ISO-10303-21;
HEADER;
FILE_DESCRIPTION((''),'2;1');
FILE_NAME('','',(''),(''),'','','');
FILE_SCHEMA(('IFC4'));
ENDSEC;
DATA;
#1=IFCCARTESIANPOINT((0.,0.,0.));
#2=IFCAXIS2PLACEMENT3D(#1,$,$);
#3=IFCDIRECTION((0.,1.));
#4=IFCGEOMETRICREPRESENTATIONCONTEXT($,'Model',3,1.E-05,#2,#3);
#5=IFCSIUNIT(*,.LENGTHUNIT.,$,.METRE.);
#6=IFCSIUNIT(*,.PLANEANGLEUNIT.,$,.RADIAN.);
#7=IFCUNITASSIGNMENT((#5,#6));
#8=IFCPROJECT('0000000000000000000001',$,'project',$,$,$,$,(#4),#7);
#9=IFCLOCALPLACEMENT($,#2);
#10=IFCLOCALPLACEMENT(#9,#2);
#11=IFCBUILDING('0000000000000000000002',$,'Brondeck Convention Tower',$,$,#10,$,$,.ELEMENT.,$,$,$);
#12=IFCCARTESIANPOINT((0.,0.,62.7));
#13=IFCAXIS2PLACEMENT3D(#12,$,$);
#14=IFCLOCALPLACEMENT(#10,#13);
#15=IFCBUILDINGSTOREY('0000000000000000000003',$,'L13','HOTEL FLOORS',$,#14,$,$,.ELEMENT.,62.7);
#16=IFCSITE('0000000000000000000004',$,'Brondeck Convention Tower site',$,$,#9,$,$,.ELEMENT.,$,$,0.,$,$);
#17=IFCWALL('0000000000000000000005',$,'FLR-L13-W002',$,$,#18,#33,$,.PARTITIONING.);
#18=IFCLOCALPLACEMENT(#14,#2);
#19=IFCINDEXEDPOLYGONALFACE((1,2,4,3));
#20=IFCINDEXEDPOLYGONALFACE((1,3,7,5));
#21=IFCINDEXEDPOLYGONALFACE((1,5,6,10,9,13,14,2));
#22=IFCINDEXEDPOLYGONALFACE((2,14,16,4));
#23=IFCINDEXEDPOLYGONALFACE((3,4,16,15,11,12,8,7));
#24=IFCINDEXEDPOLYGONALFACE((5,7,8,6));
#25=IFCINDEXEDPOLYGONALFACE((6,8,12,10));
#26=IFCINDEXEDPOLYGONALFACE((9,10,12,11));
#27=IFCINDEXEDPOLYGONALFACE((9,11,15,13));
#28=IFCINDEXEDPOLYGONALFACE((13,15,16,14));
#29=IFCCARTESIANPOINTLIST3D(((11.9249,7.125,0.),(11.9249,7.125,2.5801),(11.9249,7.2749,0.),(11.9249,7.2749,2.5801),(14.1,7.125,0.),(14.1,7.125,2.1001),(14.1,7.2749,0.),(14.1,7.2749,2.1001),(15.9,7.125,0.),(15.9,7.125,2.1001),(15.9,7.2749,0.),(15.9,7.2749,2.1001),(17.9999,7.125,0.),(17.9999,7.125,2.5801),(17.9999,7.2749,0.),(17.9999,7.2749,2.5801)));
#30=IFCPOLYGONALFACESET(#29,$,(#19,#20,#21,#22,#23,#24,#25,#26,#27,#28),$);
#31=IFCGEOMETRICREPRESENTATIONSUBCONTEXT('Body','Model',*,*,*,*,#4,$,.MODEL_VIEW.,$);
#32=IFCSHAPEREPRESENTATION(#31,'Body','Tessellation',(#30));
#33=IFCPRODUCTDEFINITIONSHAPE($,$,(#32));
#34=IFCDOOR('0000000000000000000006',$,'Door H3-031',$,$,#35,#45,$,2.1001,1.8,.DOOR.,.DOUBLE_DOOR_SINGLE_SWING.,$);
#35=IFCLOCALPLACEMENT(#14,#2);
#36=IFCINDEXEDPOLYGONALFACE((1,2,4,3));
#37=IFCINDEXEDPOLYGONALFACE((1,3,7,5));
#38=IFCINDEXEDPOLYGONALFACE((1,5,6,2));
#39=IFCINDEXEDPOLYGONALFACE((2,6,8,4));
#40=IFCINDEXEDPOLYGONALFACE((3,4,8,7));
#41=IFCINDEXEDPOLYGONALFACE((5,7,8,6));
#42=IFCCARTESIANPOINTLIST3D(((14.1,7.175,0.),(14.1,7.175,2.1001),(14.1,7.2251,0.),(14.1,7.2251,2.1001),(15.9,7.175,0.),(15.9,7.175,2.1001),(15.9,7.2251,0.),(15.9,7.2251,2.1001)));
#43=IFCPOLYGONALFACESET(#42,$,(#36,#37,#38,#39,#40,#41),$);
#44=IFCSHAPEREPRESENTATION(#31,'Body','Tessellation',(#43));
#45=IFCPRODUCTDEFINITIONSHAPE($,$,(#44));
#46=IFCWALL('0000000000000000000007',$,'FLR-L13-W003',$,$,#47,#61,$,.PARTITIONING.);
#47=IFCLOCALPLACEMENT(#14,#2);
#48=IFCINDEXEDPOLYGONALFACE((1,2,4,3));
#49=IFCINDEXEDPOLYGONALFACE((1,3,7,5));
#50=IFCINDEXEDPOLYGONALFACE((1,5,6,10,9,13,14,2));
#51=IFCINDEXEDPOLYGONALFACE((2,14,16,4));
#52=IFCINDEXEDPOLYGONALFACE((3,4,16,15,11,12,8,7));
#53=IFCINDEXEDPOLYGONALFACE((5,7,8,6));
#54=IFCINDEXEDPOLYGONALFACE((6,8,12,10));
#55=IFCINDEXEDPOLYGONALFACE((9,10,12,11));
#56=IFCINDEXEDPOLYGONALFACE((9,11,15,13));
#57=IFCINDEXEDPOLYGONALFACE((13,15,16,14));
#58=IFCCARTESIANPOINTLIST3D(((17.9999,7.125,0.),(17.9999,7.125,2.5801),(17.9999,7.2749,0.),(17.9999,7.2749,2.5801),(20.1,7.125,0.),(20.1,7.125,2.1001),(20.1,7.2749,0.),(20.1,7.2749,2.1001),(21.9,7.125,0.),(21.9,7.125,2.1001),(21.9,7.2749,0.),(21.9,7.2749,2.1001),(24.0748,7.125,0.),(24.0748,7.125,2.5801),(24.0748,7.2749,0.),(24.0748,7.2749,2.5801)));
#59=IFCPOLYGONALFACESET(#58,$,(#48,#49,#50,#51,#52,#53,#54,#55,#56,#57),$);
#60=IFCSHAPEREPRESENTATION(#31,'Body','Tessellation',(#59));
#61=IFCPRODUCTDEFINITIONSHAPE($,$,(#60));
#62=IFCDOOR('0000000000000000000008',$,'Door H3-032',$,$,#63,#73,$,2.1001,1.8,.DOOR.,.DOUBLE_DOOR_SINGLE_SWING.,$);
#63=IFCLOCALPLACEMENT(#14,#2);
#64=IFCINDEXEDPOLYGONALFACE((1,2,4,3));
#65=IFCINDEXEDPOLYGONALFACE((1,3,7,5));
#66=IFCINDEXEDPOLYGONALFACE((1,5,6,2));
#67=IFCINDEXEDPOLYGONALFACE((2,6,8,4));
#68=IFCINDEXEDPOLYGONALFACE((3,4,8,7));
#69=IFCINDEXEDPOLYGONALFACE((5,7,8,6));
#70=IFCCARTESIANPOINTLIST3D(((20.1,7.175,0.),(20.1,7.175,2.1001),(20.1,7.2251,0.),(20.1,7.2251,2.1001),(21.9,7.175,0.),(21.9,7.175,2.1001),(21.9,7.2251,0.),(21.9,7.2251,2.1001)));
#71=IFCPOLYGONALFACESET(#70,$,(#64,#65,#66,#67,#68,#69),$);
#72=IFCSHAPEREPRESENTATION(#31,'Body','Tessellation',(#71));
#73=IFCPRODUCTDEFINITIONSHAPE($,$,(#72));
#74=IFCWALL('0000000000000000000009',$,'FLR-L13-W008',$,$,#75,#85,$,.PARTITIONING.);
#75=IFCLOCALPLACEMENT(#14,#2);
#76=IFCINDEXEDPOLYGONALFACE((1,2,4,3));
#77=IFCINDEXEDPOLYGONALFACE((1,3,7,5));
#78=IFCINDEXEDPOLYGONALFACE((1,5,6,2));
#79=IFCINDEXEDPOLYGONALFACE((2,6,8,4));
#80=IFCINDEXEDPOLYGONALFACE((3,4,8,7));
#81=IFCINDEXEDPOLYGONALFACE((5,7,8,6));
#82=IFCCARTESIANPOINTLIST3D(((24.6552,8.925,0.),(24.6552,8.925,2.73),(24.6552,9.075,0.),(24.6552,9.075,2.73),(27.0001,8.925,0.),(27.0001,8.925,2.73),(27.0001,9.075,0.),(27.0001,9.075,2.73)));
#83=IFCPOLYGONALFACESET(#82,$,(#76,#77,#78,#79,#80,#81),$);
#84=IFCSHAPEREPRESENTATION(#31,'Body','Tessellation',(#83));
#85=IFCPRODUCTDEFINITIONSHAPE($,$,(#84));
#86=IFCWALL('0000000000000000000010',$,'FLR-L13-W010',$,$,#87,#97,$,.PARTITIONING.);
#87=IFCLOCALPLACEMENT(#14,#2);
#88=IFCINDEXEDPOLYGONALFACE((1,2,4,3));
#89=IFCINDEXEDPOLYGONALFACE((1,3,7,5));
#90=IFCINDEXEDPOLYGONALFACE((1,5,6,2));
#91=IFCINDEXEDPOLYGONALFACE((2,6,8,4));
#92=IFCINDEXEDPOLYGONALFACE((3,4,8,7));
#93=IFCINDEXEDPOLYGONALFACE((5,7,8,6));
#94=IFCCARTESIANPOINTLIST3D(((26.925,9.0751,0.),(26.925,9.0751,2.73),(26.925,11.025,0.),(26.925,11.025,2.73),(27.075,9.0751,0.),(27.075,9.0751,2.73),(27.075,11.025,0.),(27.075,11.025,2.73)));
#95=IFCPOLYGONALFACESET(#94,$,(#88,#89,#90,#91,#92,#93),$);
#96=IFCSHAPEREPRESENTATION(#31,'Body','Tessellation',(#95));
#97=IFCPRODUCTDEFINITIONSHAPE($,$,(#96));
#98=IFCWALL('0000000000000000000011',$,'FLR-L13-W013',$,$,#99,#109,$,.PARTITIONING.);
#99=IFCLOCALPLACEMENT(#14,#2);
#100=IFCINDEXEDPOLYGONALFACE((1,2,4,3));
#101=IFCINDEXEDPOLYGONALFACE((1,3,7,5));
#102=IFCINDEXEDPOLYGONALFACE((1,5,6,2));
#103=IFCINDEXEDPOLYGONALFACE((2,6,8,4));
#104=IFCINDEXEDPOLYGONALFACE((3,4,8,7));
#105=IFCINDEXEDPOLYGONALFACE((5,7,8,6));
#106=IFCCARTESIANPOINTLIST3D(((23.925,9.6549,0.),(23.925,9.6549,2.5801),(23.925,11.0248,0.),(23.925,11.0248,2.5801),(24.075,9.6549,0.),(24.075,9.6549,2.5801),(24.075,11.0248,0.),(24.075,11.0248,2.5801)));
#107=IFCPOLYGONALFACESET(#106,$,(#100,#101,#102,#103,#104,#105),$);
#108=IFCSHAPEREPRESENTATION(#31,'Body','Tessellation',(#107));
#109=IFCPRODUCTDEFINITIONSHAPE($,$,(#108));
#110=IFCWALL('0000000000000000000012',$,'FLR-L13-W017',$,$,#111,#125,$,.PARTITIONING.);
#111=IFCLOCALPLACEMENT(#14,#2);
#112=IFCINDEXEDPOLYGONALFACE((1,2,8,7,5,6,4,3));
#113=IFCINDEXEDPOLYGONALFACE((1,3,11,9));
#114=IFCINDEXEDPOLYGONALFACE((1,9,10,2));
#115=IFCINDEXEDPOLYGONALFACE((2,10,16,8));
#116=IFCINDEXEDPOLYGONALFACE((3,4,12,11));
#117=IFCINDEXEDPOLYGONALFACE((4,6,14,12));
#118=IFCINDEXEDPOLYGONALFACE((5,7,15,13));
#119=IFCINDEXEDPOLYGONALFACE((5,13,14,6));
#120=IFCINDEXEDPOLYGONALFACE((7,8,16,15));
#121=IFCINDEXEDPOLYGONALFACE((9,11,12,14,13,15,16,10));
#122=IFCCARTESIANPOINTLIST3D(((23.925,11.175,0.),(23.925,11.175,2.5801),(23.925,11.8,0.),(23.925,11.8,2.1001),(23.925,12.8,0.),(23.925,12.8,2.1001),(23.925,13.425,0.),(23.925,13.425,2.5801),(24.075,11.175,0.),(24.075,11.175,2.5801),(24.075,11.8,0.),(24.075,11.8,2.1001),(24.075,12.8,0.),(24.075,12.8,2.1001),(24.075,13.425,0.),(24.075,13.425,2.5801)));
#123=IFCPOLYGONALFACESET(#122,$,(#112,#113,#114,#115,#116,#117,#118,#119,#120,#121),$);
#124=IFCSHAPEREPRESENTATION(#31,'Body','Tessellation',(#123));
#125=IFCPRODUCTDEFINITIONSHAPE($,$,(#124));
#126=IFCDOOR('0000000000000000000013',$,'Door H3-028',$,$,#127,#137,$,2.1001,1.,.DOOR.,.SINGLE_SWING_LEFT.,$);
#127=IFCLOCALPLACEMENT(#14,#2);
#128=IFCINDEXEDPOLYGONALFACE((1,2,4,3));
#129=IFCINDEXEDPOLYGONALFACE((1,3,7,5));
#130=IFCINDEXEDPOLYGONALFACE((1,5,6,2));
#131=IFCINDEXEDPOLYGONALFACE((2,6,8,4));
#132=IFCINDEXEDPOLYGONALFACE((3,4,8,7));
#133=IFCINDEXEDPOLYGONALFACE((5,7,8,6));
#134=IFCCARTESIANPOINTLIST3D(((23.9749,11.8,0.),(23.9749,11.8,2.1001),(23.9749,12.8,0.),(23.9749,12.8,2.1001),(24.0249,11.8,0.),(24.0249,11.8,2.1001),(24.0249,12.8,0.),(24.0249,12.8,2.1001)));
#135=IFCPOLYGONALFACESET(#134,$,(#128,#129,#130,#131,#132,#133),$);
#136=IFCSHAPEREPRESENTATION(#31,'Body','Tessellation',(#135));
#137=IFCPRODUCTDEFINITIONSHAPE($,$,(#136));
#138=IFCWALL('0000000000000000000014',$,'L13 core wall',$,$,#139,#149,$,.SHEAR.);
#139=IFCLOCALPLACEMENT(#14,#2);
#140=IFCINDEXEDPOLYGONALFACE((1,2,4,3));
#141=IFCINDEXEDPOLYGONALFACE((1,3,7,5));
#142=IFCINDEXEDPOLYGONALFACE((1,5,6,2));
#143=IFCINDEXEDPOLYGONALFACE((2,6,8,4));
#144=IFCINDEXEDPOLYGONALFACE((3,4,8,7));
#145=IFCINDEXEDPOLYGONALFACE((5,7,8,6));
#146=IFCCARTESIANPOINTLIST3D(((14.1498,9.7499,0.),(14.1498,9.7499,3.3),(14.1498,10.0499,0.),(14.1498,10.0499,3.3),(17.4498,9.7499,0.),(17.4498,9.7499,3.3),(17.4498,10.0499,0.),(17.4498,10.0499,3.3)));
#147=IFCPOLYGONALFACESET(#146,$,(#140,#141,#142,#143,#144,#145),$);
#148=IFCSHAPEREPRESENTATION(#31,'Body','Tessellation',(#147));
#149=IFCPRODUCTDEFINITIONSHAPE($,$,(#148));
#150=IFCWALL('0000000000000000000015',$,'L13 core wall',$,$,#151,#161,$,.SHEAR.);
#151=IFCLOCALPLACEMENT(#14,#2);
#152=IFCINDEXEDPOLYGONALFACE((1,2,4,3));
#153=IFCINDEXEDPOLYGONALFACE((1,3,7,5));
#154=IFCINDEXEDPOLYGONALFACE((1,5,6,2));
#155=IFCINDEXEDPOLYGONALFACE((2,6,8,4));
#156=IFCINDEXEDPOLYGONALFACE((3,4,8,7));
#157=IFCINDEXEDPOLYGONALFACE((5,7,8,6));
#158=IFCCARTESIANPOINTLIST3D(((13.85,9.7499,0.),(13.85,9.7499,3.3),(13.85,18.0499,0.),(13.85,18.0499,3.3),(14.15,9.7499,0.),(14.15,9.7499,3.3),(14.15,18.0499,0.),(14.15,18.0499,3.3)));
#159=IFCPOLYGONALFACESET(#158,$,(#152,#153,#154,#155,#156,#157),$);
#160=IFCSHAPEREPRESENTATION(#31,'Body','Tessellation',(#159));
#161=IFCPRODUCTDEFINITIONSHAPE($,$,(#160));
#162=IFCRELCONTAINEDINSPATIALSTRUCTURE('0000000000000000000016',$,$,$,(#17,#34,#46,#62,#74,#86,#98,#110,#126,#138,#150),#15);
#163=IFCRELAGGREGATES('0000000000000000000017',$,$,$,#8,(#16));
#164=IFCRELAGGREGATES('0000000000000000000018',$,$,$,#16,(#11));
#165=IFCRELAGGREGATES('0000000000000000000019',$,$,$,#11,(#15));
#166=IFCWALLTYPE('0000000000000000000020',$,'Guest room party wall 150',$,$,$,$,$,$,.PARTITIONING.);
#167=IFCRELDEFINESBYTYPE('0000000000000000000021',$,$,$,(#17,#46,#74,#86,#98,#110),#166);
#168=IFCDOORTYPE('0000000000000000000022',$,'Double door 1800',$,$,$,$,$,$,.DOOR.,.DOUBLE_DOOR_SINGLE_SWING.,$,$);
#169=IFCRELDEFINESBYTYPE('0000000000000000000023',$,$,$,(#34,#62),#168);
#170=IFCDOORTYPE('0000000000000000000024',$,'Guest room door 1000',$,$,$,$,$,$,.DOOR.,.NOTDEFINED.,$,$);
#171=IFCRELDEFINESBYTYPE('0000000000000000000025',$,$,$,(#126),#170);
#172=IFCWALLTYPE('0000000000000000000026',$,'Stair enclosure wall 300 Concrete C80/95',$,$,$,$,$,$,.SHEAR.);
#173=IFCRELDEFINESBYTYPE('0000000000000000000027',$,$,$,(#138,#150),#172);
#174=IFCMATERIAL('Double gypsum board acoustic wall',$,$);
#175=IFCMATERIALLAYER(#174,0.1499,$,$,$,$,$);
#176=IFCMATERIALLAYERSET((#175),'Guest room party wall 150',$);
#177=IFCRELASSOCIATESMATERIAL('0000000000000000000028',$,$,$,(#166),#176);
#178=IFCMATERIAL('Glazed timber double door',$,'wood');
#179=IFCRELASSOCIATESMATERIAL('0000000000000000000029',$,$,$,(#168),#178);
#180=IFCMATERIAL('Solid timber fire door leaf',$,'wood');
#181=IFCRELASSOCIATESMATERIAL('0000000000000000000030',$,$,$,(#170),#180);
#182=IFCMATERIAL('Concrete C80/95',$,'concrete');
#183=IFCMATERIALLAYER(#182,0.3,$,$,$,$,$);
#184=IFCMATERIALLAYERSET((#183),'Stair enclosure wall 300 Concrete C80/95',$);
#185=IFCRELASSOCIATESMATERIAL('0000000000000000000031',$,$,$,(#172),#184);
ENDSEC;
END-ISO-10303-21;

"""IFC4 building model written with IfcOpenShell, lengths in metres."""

from ifc_helpers import new_model, si_unit, direction, frame, frame_2d, origin, place, context, subcontext, project, spatial, rectangle, extrude, material, layer, layer_set, type_object, element, fill, save


model = new_model("IFC4")

# Units and contexts
model_context = context("Model", 3, precision=1e-05, world=origin(), true_north=direction((0.0, 1.0)))
body_context = subcontext(model_context, "Body", "Model", "MODEL_VIEW")
ifc_project = project(units=[si_unit("LENGTHUNIT", "METRE"), si_unit("PLANEANGLEUNIT", "RADIAN")], contexts=[model_context])

# Site, building, storey
site_placement = place(None, origin())
site = spatial("IfcSite", under=ifc_project, at=site_placement, Name="Brondeck Convention Tower site", CompositionType="ELEMENT", RefElevation=0.0)
building_placement = place(site_placement, origin())
building = spatial("IfcBuilding", under=site, at=building_placement, Name="Brondeck Convention Tower", CompositionType="ELEMENT")
storey_placement = place(building_placement, frame((0.0, 0.0, 62.7)))
storey = spatial("IfcBuildingStorey", under=building, at=storey_placement, Name="L13", Description="HOTEL FLOORS", CompositionType="ELEMENT", Elevation=62.7)

# Shared definitions
ifc_material_1 = material(Name="Concrete C80/95", Category="concrete")

# Shared definitions
ifc_material_2 = material(Name="Double gypsum board acoustic wall")
ifc_layer_1 = layer(ifc_material_2, 0.1499)
ifc_layer_set_1 = layer_set([ifc_layer_1], Name="Guest room party wall 150")
wall_type_1 = type_object("IfcWallType", Name="Guest room party wall 150", PredefinedType="PARTITIONING", material=ifc_layer_set_1)

# Walls, openings, doors
wall_1_placement = place(storey_placement, frame((18.0, 7.2, 0.0), z_axis=(0.0, 0.0, 1.0), x_axis=(-1.0, 0.0, 0.0)))
wall_1 = element("IfcWall", 1, at=wall_1_placement, inside=storey, type_object=wall_type_1, Name="FLR-L13-W002", PredefinedType="PARTITIONING", context=body_context, shape_type="SweptSolid", body=[
    extrude(rectangle(XDim=6.075, YDim=0.1499, at=frame_2d((3.0376, 0.0))), origin(), (0.0, 0.0, 1.0), 2.5801),
])
opening_1_placement = place(wall_1_placement, frame((2.1001, 0.0, 0.0)))
opening_1 = element("IfcOpeningElement", 2, at=opening_1_placement, cuts=wall_1, PredefinedType="OPENING", context=body_context, shape_type="SweptSolid", body=[
    extrude(rectangle(XDim=1.8, YDim=2.1001, at=frame_2d((0.8999, 1.05))), frame((0.0, 0.085, 0.0), z_axis=(0.0, -1.0, 0.0), x_axis=(1.0, 0.0, 0.0)), (0.0, 0.0, 1.0), 0.1699),
])
ifc_material_3 = material(Name="Glazed timber double door", Category="wood")
door_type_1 = type_object("IfcDoorType", Name="Double door 1800", OperationType="DOUBLE_DOOR_SINGLE_SWING", PredefinedType="DOOR", material=ifc_material_3)
door_1_placement = place(opening_1_placement, origin())
door_1 = element("IfcDoor", 3, at=door_1_placement, inside=storey, type_object=door_type_1, Name="Door H3-031", OperationType="DOUBLE_DOOR_SINGLE_SWING", OverallHeight=2.1001, OverallWidth=1.8, PredefinedType="DOOR", context=body_context, shape_type="SweptSolid", body=[
    extrude(rectangle(XDim=1.8, YDim=2.1001, at=frame_2d((0.8999, 1.05))), frame((0.0, 0.0249, 0.0), z_axis=(0.0, -1.0, 0.0), x_axis=(1.0, 0.0, 0.0)), (0.0, 0.0, 1.0), 0.05),
])
fill(opening_1, door_1)
wall_2_placement = place(storey_placement, frame((24.075, 7.2, 0.0), z_axis=(0.0, 0.0, 1.0), x_axis=(-1.0, 0.0, 0.0)))
wall_2 = element("IfcWall", 4, at=wall_2_placement, inside=storey, type_object=wall_type_1, Name="FLR-L13-W003", PredefinedType="PARTITIONING", context=body_context, shape_type="SweptSolid", body=[
    extrude(rectangle(XDim=6.075, YDim=0.1499, at=frame_2d((3.0376, 0.0))), origin(), (0.0, 0.0, 1.0), 2.5801),
])
opening_2_placement = place(wall_2_placement, frame((2.175, 0.0, 0.0)))
opening_2 = element("IfcOpeningElement", 5, at=opening_2_placement, cuts=wall_2, PredefinedType="OPENING", context=body_context, shape_type="SweptSolid", body=[
    extrude(rectangle(XDim=1.8, YDim=2.1001, at=frame_2d((0.8999, 1.05))), frame((0.0, 0.085, 0.0), z_axis=(0.0, -1.0, 0.0), x_axis=(1.0, 0.0, 0.0)), (0.0, 0.0, 1.0), 0.1699),
])
door_2_placement = place(opening_2_placement, origin())
door_2 = element("IfcDoor", 6, at=door_2_placement, inside=storey, type_object=door_type_1, Name="Door H3-032", OperationType="DOUBLE_DOOR_SINGLE_SWING", OverallHeight=2.1001, OverallWidth=1.8, PredefinedType="DOOR", context=body_context, shape_type="SweptSolid", body=[
    extrude(rectangle(XDim=1.8, YDim=2.1001, at=frame_2d((0.8999, 1.05))), frame((0.0, 0.0249, 0.0), z_axis=(0.0, -1.0, 0.0), x_axis=(1.0, 0.0, 0.0)), (0.0, 0.0, 1.0), 0.05),
])
fill(opening_2, door_2)

# Walls
wall_3_placement = place(storey_placement, frame((27.0, 9.0, 0.0), z_axis=(0.0, 0.0, 1.0), x_axis=(-1.0, 0.0, 0.0)))
element("IfcWall", 7, at=wall_3_placement, inside=storey, type_object=wall_type_1, Name="FLR-L13-W008", PredefinedType="PARTITIONING", context=body_context, shape_type="SweptSolid", body=[
    extrude(rectangle(XDim=2.345, YDim=0.1499, at=frame_2d((1.1724, 0.0))), origin(), (0.0, 0.0, 1.0), 2.73),
])
wall_4_placement = place(storey_placement, frame((27.0, 9.075, 0.0), z_axis=(0.0, 0.0, 1.0), x_axis=(0.0, 1.0, 0.0)))
element("IfcWall", 8, at=wall_4_placement, inside=storey, type_object=wall_type_1, Name="FLR-L13-W010", PredefinedType="PARTITIONING", context=body_context, shape_type="SweptSolid", body=[
    extrude(rectangle(XDim=1.95, YDim=0.1499, at=frame_2d((0.9751, 0.0))), origin(), (0.0, 0.0, 1.0), 2.73),
])
wall_5_placement = place(storey_placement, frame((24.0, 11.0249, 0.0), z_axis=(0.0, 0.0, 1.0), x_axis=(0.0, -1.0, 0.0)))
element("IfcWall", 9, at=wall_5_placement, inside=storey, type_object=wall_type_1, Name="FLR-L13-W013", PredefinedType="PARTITIONING", context=body_context, shape_type="SweptSolid", body=[
    extrude(rectangle(XDim=1.3699, YDim=0.1499, at=frame_2d((0.6851, 0.0))), origin(), (0.0, 0.0, 1.0), 2.5801),
])

# Wall, opening, door
wall_6_placement = place(storey_placement, frame((24.0, 13.425, 0.0), z_axis=(0.0, 0.0, 1.0), x_axis=(0.0, -1.0, 0.0)))
wall_6 = element("IfcWall", 10, at=wall_6_placement, inside=storey, type_object=wall_type_1, Name="FLR-L13-W017", PredefinedType="PARTITIONING", context=body_context, shape_type="SweptSolid", body=[
    extrude(rectangle(XDim=2.25, YDim=0.1499, at=frame_2d((1.125, 0.0))), origin(), (0.0, 0.0, 1.0), 2.5801),
])
opening_3_placement = place(wall_6_placement, frame((0.625, 0.0, 0.0)))
opening_3 = element("IfcOpeningElement", 11, at=opening_3_placement, cuts=wall_6, PredefinedType="OPENING", context=body_context, shape_type="SweptSolid", body=[
    extrude(rectangle(XDim=1.0, YDim=2.1001, at=frame_2d((0.5, 1.05))), frame((0.0, 0.085, 0.0), z_axis=(0.0, -1.0, 0.0), x_axis=(1.0, 0.0, 0.0)), (0.0, 0.0, 1.0), 0.1699),
])
ifc_material_4 = material(Name="Solid timber fire door leaf", Category="wood")
door_type_2 = type_object("IfcDoorType", Name="Guest room door 1000", OperationType="NOTDEFINED", PredefinedType="DOOR", material=ifc_material_4)
door_3_placement = place(opening_3_placement, origin())
door_3 = element("IfcDoor", 12, at=door_3_placement, inside=storey, type_object=door_type_2, Name="Door H3-028", OperationType="SINGLE_SWING_LEFT", OverallHeight=2.1001, OverallWidth=1.0, PredefinedType="DOOR", context=body_context, shape_type="SweptSolid", body=[
    extrude(rectangle(XDim=1.0, YDim=2.1001, at=frame_2d((0.5, 1.05))), frame((0.0, 0.0249, 0.0), z_axis=(0.0, -1.0, 0.0), x_axis=(1.0, 0.0, 0.0)), (0.0, 0.0, 1.0), 0.05),
])
fill(opening_3, door_3)

# Walls
ifc_layer_2 = layer(ifc_material_1, 0.3)
ifc_layer_set_2 = layer_set([ifc_layer_2], Name="Stair enclosure wall 300 Concrete C80/95")
wall_type_2 = type_object("IfcWallType", Name="Stair enclosure wall 300 Concrete C80/95", PredefinedType="SHEAR", material=ifc_layer_set_2)
wall_7_placement = place(storey_placement, frame((14.1499, 9.8999, 0.0), z_axis=(0.0, 0.0, 1.0), x_axis=(1.0, 0.0, 0.0)))
element("IfcWall", 13, at=wall_7_placement, inside=storey, type_object=wall_type_2, Name="L13 core wall", PredefinedType="SHEAR", context=body_context, shape_type="SweptSolid", body=[
    extrude(rectangle(XDim=3.3, YDim=0.3, at=frame_2d((1.6499, 0.0))), origin(), (0.0, 0.0, 1.0), 3.3),
])
wall_8_placement = place(storey_placement, frame((14.0, 9.75, 0.0), z_axis=(0.0, 0.0, 1.0), x_axis=(0.0, 1.0, 0.0)))
element("IfcWall", 14, at=wall_8_placement, inside=storey, type_object=wall_type_2, Name="L13 core wall", PredefinedType="SHEAR", context=body_context, shape_type="SweptSolid", body=[
    extrude(rectangle(XDim=8.3, YDim=0.3, at=frame_2d((4.1499, 0.0))), origin(), (0.0, 0.0, 1.0), 3.3),
])

save(model, "model.ifc")
